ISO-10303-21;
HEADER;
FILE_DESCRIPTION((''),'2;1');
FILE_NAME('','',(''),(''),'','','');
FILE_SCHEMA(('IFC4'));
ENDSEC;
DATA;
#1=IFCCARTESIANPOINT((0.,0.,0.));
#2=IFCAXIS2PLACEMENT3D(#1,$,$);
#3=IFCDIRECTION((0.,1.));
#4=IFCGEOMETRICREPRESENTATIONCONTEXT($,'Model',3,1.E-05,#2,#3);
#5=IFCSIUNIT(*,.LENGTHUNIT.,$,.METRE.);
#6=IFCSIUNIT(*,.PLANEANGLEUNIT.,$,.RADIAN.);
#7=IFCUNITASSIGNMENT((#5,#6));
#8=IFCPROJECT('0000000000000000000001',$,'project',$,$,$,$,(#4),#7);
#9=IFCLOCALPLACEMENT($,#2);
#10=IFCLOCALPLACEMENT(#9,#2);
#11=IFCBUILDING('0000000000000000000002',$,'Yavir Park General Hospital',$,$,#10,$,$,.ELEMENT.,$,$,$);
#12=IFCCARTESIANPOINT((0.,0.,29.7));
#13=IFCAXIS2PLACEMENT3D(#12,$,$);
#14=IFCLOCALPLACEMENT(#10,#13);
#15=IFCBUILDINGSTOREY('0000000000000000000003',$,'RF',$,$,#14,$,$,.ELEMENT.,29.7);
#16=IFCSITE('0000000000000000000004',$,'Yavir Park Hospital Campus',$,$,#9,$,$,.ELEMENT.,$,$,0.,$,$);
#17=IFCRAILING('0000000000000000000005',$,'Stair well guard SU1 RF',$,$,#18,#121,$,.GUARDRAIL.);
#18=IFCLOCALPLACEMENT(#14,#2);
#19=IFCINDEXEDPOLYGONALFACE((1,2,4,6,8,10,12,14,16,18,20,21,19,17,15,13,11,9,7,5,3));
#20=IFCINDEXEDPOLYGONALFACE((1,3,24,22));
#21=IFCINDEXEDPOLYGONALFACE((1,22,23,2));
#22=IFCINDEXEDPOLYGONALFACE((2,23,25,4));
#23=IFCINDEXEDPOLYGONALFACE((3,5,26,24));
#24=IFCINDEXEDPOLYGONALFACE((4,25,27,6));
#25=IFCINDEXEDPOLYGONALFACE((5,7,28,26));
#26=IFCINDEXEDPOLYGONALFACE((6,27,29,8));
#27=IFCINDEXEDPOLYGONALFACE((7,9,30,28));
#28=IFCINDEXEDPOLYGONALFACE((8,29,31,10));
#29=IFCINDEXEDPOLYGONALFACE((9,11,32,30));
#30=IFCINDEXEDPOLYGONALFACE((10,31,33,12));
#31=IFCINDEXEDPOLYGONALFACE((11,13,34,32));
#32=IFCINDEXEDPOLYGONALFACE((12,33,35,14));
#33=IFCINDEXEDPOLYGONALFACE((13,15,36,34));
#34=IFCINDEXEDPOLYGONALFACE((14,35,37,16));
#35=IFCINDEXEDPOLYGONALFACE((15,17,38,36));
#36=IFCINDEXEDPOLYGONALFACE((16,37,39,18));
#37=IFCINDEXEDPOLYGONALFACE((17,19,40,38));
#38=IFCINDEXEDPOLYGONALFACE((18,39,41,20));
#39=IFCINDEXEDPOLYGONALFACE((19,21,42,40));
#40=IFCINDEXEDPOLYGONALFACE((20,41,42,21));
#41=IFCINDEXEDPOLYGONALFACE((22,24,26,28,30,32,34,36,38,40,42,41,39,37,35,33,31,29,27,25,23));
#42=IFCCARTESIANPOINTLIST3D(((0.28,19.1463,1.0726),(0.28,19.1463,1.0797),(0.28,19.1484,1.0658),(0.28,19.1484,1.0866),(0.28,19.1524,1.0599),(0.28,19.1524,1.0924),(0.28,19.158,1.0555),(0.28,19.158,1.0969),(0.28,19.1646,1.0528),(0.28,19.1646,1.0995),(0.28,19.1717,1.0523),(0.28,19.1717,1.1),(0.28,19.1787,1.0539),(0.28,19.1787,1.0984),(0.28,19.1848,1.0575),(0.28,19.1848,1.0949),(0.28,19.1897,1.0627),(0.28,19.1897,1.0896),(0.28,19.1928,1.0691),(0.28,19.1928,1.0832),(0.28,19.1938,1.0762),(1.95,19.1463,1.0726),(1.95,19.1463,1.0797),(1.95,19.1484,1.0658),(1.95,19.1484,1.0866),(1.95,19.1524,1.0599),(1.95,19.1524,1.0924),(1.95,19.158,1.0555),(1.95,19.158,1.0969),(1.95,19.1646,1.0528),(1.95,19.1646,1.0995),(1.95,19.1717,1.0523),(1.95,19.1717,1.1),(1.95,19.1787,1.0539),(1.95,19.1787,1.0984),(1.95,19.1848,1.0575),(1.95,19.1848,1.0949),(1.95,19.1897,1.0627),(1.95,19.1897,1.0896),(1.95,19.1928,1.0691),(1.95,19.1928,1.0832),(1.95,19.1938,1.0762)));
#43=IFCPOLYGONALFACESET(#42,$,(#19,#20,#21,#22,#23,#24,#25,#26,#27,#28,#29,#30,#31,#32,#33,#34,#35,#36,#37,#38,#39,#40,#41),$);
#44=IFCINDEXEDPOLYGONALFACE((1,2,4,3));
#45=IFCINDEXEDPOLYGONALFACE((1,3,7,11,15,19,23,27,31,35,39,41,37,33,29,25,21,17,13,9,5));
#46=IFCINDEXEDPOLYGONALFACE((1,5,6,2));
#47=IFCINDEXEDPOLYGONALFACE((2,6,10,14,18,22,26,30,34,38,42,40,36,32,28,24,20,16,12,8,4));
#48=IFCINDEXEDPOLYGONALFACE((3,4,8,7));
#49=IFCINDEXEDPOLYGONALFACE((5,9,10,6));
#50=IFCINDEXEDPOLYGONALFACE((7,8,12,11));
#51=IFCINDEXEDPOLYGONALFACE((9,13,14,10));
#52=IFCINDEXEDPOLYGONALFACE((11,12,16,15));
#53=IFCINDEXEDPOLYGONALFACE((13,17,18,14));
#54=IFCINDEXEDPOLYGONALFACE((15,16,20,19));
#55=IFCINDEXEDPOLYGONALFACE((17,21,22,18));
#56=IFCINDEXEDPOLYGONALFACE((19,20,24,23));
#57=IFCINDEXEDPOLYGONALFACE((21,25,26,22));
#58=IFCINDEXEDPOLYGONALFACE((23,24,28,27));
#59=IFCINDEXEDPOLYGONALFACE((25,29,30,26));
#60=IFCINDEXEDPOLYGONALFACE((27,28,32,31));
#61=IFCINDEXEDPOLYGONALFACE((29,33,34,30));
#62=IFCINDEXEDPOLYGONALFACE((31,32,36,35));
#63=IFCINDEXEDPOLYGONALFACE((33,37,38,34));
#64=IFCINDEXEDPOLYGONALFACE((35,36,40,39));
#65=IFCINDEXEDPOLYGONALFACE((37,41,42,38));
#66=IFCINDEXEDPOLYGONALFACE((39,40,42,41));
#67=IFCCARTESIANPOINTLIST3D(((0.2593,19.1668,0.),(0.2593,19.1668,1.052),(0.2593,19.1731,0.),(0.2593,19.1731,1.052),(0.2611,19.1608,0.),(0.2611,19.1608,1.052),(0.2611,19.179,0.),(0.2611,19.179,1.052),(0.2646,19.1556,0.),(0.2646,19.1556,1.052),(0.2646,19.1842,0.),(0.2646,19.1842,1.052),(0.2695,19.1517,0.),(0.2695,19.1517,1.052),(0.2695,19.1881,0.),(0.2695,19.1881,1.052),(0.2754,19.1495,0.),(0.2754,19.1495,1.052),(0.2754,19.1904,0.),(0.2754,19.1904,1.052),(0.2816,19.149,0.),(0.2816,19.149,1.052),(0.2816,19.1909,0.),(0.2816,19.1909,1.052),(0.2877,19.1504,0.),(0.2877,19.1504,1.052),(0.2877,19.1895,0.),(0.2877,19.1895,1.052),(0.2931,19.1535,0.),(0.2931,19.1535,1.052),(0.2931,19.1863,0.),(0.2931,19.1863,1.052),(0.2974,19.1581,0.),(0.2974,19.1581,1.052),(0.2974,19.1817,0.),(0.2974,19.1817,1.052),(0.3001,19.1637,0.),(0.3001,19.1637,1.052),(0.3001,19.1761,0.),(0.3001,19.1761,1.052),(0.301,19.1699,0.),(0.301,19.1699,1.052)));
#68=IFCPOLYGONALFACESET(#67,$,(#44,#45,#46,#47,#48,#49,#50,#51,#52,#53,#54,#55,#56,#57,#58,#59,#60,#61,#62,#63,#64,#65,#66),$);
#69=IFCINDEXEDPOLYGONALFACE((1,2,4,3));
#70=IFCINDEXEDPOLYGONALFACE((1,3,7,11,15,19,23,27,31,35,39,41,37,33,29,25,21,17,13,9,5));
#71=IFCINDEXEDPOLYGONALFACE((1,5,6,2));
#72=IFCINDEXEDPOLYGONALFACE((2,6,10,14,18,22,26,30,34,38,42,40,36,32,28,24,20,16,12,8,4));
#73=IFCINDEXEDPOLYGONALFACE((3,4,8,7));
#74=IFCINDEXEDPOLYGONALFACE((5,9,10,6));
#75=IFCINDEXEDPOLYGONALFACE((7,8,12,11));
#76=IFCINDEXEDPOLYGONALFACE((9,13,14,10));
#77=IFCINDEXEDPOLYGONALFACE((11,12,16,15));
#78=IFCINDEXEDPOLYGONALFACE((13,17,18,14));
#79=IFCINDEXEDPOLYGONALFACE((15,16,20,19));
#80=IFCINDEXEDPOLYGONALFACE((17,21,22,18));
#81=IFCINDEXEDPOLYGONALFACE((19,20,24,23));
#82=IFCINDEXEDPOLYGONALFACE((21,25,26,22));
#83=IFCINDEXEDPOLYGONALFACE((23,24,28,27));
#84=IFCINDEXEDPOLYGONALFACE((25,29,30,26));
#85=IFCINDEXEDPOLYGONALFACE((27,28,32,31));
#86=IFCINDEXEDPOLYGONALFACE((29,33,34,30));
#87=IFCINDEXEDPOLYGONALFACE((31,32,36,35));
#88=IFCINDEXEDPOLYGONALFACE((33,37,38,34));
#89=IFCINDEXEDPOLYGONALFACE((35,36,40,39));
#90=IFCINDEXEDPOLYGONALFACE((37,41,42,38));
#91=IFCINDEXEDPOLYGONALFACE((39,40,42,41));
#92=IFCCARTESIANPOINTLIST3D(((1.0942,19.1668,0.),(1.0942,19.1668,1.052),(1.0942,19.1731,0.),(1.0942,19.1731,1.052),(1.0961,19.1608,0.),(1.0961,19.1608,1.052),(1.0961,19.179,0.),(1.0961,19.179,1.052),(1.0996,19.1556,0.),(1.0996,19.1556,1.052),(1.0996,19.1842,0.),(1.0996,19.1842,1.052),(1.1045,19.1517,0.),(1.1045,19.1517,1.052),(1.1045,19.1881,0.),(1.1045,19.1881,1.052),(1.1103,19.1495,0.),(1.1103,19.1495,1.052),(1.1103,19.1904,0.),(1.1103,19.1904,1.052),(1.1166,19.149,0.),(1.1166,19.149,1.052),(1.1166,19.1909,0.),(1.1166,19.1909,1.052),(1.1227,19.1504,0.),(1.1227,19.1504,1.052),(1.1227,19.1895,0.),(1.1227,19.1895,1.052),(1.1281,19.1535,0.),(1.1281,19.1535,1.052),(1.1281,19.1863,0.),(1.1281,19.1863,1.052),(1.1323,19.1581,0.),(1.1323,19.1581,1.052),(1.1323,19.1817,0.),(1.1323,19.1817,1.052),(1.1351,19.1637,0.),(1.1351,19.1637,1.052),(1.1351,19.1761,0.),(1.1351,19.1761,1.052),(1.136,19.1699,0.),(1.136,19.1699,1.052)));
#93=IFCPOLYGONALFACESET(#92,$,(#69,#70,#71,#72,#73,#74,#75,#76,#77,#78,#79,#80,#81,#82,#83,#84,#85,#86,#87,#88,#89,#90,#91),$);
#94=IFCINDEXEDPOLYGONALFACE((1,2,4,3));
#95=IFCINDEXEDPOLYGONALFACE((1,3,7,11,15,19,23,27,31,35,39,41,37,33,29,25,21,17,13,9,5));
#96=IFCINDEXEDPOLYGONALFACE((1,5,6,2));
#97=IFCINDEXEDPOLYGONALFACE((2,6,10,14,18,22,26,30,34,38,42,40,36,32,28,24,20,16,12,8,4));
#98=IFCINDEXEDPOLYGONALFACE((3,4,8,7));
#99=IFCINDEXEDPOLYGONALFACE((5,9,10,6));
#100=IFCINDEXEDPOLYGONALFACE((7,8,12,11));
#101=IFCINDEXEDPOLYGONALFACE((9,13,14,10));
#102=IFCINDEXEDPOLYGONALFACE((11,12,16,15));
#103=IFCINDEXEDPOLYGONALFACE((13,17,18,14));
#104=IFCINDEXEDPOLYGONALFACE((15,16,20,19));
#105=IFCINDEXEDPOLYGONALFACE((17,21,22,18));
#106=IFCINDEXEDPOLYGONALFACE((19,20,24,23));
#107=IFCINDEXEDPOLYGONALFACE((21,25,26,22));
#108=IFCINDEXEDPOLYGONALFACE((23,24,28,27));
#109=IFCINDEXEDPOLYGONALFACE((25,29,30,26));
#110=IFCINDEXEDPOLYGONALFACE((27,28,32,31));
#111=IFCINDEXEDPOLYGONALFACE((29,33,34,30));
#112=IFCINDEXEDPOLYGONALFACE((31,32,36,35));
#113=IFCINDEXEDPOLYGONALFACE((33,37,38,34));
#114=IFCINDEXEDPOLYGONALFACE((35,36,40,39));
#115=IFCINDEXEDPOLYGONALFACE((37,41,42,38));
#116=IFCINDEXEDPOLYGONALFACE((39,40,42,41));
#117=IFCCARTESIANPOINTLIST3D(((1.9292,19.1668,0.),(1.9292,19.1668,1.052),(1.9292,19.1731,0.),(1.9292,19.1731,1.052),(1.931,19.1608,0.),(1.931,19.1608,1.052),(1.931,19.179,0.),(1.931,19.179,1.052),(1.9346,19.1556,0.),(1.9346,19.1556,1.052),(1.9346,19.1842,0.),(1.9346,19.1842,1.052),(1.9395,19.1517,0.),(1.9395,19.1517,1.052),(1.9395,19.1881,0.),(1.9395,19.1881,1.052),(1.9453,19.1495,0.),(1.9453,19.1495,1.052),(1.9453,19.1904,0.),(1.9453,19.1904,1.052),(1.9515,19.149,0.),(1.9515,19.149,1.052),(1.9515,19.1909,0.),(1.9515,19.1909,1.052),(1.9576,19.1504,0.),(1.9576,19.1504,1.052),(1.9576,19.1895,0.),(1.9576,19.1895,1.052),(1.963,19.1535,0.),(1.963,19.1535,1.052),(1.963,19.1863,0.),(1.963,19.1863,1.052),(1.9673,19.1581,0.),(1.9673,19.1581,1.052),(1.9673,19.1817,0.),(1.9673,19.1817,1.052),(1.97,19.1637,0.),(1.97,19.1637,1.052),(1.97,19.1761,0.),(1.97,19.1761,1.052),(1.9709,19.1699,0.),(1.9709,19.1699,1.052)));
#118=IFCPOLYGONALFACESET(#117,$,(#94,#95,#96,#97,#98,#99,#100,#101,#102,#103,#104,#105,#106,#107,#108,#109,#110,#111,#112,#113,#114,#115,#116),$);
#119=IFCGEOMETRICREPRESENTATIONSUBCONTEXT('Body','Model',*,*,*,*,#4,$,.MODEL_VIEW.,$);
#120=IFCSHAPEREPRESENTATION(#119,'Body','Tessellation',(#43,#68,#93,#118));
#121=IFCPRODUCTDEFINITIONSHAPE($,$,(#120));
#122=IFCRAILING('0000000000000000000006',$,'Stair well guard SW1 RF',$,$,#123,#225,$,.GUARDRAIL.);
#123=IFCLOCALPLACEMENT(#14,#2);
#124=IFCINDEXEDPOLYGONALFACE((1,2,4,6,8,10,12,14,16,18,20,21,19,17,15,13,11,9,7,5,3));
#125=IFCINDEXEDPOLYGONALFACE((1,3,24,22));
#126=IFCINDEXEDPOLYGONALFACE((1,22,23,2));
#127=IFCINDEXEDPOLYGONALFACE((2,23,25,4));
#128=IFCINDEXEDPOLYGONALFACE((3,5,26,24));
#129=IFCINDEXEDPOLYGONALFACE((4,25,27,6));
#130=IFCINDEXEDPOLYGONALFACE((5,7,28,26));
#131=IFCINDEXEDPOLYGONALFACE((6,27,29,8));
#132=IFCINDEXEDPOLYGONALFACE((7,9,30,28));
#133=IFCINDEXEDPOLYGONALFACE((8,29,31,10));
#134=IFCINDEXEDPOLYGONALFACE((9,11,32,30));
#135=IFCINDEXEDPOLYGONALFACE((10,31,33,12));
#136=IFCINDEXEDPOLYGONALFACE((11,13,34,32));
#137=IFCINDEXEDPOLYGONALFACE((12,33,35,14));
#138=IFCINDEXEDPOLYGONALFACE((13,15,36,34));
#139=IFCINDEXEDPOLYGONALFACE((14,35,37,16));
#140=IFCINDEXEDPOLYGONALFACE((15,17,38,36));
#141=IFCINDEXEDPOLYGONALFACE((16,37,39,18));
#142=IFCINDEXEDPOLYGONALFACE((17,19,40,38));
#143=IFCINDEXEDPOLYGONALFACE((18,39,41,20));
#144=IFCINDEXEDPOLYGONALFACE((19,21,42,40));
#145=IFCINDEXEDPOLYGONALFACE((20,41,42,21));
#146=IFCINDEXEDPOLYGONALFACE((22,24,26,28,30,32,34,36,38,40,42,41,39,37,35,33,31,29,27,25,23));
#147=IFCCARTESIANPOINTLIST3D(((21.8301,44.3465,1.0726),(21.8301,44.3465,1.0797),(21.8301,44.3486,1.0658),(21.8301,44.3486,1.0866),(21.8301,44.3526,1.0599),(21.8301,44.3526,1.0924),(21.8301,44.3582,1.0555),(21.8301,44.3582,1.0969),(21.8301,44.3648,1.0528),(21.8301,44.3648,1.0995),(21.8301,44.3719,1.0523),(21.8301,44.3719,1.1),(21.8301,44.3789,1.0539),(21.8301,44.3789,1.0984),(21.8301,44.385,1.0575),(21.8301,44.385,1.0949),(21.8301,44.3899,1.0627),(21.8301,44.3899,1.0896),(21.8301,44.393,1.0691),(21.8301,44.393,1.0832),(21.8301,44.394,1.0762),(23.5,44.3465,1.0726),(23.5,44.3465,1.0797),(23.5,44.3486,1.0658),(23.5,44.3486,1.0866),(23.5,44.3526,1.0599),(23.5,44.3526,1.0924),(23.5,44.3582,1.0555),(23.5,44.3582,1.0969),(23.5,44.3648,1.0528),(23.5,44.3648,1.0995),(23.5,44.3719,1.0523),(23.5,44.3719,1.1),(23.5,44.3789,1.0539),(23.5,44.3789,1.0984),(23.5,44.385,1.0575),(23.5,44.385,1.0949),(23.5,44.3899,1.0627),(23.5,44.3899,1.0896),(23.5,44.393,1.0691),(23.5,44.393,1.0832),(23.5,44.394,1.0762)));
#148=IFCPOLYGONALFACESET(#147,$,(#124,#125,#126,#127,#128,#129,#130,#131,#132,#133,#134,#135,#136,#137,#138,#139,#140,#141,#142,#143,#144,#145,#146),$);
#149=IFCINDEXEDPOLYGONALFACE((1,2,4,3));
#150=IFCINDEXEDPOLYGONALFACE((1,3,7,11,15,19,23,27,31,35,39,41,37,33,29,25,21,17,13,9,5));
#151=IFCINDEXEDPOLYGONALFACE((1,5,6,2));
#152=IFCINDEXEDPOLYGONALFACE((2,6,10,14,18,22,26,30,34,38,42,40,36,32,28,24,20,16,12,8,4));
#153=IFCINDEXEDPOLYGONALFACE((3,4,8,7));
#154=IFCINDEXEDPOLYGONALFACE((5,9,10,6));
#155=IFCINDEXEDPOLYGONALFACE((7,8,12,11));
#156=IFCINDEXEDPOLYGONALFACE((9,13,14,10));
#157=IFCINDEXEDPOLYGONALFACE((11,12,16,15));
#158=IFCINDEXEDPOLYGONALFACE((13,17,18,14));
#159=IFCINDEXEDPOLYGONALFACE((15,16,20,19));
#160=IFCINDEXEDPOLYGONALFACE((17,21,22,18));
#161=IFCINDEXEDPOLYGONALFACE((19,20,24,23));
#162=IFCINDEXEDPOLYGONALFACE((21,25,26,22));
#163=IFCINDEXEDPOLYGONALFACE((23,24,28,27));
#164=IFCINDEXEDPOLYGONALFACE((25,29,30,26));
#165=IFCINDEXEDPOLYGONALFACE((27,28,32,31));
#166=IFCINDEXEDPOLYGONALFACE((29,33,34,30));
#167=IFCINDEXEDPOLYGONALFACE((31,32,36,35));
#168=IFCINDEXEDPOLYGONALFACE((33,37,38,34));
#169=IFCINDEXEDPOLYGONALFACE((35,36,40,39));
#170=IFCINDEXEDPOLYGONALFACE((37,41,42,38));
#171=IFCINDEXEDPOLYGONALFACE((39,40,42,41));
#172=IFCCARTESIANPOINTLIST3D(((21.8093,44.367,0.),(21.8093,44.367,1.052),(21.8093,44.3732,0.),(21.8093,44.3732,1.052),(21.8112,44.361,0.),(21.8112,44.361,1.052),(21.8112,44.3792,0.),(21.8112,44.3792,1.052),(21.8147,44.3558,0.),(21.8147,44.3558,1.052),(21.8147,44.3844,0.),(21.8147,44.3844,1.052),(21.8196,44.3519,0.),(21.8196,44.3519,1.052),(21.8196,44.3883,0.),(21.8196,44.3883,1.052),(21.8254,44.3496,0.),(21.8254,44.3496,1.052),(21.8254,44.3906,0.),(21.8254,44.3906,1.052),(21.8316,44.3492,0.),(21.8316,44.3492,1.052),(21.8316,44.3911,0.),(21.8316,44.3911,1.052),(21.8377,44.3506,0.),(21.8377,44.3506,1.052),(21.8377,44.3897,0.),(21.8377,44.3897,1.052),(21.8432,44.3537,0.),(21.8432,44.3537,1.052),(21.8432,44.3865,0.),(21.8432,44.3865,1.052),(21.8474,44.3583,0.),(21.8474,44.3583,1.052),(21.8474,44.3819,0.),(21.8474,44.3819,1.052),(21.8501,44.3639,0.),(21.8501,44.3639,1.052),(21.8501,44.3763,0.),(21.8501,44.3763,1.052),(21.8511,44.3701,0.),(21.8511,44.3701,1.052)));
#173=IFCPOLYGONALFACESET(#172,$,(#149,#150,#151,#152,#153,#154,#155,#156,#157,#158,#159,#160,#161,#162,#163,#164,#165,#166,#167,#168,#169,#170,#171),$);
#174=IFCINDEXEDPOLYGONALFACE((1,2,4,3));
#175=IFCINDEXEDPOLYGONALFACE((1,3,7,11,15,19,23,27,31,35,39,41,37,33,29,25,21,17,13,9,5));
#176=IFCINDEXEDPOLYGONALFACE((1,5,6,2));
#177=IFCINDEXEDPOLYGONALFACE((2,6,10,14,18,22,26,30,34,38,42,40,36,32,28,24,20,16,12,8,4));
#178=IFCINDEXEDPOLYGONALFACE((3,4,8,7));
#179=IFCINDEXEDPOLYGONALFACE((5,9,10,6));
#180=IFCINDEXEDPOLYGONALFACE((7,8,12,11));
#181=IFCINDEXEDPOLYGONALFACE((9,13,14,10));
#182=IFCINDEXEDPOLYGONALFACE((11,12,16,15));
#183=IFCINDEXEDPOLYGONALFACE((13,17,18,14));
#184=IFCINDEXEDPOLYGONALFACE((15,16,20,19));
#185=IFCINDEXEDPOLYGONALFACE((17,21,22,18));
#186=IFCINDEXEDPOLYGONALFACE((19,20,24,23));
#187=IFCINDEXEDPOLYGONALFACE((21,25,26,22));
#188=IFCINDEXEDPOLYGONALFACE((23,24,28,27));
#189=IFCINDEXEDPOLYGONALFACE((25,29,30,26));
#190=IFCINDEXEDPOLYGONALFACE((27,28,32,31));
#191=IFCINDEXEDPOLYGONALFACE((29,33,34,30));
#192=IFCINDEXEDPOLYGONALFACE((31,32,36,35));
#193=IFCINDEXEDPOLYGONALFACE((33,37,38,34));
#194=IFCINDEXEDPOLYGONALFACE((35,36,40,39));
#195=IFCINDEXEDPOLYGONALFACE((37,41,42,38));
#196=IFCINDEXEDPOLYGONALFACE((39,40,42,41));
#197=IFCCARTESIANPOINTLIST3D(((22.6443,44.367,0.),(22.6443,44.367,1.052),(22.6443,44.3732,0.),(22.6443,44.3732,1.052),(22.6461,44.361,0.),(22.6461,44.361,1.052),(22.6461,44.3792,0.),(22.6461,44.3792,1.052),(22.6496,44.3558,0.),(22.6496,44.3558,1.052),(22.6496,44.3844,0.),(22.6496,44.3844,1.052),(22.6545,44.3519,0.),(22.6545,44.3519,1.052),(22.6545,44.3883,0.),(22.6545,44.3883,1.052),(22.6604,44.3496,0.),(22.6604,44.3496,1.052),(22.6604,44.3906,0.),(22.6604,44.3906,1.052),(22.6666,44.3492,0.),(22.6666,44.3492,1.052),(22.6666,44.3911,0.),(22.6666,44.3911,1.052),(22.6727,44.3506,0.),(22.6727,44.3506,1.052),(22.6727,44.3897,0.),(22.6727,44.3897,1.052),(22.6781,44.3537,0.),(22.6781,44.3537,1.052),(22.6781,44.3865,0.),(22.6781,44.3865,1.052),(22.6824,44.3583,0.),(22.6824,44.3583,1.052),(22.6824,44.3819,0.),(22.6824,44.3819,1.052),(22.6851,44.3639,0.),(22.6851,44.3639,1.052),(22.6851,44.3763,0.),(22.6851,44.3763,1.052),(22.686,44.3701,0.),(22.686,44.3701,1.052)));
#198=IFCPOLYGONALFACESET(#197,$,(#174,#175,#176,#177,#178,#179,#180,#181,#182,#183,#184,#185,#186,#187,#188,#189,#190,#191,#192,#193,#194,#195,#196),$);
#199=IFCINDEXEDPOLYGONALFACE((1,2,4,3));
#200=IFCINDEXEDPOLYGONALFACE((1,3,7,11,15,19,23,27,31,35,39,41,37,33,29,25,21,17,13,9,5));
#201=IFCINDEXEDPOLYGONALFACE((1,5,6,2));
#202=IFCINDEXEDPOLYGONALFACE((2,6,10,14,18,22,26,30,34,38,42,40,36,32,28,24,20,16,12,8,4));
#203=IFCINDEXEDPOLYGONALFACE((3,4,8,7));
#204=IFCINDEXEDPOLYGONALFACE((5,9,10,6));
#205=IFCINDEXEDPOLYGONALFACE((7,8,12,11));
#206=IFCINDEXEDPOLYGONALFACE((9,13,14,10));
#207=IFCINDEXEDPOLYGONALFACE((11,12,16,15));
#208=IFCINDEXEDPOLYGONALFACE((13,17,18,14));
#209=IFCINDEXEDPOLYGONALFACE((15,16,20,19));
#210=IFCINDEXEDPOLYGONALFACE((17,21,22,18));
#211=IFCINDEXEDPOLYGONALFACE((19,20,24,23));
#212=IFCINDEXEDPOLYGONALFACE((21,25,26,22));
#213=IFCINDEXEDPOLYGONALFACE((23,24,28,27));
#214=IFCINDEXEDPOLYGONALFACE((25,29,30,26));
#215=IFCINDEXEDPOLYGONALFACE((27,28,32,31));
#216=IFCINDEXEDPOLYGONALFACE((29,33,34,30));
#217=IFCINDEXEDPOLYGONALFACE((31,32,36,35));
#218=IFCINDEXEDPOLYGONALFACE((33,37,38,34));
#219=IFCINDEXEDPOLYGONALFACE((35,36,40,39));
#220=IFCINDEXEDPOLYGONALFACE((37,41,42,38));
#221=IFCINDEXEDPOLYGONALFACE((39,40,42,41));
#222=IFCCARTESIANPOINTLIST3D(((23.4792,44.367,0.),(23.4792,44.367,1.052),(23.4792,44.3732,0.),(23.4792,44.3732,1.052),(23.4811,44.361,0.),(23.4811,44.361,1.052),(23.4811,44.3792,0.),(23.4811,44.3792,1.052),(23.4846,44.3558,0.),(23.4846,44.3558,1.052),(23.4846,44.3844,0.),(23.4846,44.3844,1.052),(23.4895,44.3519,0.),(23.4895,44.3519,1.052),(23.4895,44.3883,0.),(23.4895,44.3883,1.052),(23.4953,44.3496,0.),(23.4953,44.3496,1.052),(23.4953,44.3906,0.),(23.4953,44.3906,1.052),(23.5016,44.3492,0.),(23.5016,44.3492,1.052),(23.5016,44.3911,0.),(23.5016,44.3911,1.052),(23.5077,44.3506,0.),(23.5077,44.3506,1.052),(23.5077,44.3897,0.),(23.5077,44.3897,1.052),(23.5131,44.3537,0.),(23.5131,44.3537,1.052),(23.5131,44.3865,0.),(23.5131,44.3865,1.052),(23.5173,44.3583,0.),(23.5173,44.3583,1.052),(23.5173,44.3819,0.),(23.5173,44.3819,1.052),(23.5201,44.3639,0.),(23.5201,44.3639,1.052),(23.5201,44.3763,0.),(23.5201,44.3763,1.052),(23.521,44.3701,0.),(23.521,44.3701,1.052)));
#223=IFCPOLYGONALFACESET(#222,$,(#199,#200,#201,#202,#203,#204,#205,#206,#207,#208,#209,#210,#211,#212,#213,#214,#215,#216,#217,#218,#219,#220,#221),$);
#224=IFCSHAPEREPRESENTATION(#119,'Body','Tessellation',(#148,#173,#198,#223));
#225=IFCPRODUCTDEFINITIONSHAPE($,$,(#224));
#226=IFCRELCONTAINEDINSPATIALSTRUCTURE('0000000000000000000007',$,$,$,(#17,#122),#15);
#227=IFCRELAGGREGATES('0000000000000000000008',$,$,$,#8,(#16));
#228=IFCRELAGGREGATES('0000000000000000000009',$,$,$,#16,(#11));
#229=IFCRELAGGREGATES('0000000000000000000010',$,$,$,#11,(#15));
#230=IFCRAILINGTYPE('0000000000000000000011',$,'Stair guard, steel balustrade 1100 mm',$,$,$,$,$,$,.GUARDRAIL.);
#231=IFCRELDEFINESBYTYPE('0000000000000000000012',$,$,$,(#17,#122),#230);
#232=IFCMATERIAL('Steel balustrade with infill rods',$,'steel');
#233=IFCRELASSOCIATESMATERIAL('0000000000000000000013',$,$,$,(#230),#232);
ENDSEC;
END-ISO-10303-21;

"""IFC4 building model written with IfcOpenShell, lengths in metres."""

from ifc_helpers import new_model, si_unit, direction, frame, origin, origin_2d, place, context, subcontext, project, spatial, circle, extrude, material, type_object, element, save


model = new_model("IFC4")

# Units and contexts
model_context = context("Model", 3, precision=1e-05, world=origin(), true_north=direction((0.0, 1.0)))
body_context = subcontext(model_context, "Body", "Model", "MODEL_VIEW")
ifc_project = project(units=[si_unit("LENGTHUNIT", "METRE"), si_unit("PLANEANGLEUNIT", "RADIAN")], contexts=[model_context])

# Site, building, storey
site_placement = place(None, origin())
site = spatial("IfcSite", under=ifc_project, at=site_placement, Name="Yavir Park Hospital Campus", CompositionType="ELEMENT", RefElevation=0.0)
building_placement = place(site_placement, origin())
building = spatial("IfcBuilding", under=site, at=building_placement, Name="Yavir Park General Hospital", CompositionType="ELEMENT")
storey_placement = place(building_placement, frame((0.0, 0.0, 29.7)))
storey = spatial("IfcBuildingStorey", under=building, at=storey_placement, Name="RF", CompositionType="ELEMENT", Elevation=29.7)

# Railings
ifc_material_1 = material(Name="Steel balustrade with infill rods", Category="steel")
railing_type = type_object("IfcRailingType", Name="Stair guard, steel balustrade 1100 mm", PredefinedType="GUARDRAIL", material=ifc_material_1)
for number, where, name in (
    (1, (0.28, 19.1699, 0.0), "Stair well guard SU1 RF"),
    (2, (21.8301, 44.3701, 0.0), "Stair well guard SW1 RF"),
):
    element("IfcRailing", number, at=place(storey_placement, frame(where)), inside=storey, type_object=railing_type, Name=name, PredefinedType="GUARDRAIL", context=body_context, shape_type="SweptSolid", body=[
        extrude(circle(Radius=0.0239, at=origin_2d()), frame((0.0, 0.0, 1.0762), z_axis=(1.0, 0.0, 0.0), x_axis=(0.0, 1.0, 0.0)), (0.0, 0.0, 1.0), 1.6699),
        extrude(circle(Radius=0.021, at=origin_2d()), origin(), (0.0, 0.0, 1.0), 1.052),
        extrude(circle(Radius=0.021, at=origin_2d()), frame((0.835, 0.0, 0.0)), (0.0, 0.0, 1.0), 1.052),
        extrude(circle(Radius=0.021, at=origin_2d()), frame((1.6699, 0.0, 0.0)), (0.0, 0.0, 1.0), 1.052),
    ])

save(model, "model.ifc")
